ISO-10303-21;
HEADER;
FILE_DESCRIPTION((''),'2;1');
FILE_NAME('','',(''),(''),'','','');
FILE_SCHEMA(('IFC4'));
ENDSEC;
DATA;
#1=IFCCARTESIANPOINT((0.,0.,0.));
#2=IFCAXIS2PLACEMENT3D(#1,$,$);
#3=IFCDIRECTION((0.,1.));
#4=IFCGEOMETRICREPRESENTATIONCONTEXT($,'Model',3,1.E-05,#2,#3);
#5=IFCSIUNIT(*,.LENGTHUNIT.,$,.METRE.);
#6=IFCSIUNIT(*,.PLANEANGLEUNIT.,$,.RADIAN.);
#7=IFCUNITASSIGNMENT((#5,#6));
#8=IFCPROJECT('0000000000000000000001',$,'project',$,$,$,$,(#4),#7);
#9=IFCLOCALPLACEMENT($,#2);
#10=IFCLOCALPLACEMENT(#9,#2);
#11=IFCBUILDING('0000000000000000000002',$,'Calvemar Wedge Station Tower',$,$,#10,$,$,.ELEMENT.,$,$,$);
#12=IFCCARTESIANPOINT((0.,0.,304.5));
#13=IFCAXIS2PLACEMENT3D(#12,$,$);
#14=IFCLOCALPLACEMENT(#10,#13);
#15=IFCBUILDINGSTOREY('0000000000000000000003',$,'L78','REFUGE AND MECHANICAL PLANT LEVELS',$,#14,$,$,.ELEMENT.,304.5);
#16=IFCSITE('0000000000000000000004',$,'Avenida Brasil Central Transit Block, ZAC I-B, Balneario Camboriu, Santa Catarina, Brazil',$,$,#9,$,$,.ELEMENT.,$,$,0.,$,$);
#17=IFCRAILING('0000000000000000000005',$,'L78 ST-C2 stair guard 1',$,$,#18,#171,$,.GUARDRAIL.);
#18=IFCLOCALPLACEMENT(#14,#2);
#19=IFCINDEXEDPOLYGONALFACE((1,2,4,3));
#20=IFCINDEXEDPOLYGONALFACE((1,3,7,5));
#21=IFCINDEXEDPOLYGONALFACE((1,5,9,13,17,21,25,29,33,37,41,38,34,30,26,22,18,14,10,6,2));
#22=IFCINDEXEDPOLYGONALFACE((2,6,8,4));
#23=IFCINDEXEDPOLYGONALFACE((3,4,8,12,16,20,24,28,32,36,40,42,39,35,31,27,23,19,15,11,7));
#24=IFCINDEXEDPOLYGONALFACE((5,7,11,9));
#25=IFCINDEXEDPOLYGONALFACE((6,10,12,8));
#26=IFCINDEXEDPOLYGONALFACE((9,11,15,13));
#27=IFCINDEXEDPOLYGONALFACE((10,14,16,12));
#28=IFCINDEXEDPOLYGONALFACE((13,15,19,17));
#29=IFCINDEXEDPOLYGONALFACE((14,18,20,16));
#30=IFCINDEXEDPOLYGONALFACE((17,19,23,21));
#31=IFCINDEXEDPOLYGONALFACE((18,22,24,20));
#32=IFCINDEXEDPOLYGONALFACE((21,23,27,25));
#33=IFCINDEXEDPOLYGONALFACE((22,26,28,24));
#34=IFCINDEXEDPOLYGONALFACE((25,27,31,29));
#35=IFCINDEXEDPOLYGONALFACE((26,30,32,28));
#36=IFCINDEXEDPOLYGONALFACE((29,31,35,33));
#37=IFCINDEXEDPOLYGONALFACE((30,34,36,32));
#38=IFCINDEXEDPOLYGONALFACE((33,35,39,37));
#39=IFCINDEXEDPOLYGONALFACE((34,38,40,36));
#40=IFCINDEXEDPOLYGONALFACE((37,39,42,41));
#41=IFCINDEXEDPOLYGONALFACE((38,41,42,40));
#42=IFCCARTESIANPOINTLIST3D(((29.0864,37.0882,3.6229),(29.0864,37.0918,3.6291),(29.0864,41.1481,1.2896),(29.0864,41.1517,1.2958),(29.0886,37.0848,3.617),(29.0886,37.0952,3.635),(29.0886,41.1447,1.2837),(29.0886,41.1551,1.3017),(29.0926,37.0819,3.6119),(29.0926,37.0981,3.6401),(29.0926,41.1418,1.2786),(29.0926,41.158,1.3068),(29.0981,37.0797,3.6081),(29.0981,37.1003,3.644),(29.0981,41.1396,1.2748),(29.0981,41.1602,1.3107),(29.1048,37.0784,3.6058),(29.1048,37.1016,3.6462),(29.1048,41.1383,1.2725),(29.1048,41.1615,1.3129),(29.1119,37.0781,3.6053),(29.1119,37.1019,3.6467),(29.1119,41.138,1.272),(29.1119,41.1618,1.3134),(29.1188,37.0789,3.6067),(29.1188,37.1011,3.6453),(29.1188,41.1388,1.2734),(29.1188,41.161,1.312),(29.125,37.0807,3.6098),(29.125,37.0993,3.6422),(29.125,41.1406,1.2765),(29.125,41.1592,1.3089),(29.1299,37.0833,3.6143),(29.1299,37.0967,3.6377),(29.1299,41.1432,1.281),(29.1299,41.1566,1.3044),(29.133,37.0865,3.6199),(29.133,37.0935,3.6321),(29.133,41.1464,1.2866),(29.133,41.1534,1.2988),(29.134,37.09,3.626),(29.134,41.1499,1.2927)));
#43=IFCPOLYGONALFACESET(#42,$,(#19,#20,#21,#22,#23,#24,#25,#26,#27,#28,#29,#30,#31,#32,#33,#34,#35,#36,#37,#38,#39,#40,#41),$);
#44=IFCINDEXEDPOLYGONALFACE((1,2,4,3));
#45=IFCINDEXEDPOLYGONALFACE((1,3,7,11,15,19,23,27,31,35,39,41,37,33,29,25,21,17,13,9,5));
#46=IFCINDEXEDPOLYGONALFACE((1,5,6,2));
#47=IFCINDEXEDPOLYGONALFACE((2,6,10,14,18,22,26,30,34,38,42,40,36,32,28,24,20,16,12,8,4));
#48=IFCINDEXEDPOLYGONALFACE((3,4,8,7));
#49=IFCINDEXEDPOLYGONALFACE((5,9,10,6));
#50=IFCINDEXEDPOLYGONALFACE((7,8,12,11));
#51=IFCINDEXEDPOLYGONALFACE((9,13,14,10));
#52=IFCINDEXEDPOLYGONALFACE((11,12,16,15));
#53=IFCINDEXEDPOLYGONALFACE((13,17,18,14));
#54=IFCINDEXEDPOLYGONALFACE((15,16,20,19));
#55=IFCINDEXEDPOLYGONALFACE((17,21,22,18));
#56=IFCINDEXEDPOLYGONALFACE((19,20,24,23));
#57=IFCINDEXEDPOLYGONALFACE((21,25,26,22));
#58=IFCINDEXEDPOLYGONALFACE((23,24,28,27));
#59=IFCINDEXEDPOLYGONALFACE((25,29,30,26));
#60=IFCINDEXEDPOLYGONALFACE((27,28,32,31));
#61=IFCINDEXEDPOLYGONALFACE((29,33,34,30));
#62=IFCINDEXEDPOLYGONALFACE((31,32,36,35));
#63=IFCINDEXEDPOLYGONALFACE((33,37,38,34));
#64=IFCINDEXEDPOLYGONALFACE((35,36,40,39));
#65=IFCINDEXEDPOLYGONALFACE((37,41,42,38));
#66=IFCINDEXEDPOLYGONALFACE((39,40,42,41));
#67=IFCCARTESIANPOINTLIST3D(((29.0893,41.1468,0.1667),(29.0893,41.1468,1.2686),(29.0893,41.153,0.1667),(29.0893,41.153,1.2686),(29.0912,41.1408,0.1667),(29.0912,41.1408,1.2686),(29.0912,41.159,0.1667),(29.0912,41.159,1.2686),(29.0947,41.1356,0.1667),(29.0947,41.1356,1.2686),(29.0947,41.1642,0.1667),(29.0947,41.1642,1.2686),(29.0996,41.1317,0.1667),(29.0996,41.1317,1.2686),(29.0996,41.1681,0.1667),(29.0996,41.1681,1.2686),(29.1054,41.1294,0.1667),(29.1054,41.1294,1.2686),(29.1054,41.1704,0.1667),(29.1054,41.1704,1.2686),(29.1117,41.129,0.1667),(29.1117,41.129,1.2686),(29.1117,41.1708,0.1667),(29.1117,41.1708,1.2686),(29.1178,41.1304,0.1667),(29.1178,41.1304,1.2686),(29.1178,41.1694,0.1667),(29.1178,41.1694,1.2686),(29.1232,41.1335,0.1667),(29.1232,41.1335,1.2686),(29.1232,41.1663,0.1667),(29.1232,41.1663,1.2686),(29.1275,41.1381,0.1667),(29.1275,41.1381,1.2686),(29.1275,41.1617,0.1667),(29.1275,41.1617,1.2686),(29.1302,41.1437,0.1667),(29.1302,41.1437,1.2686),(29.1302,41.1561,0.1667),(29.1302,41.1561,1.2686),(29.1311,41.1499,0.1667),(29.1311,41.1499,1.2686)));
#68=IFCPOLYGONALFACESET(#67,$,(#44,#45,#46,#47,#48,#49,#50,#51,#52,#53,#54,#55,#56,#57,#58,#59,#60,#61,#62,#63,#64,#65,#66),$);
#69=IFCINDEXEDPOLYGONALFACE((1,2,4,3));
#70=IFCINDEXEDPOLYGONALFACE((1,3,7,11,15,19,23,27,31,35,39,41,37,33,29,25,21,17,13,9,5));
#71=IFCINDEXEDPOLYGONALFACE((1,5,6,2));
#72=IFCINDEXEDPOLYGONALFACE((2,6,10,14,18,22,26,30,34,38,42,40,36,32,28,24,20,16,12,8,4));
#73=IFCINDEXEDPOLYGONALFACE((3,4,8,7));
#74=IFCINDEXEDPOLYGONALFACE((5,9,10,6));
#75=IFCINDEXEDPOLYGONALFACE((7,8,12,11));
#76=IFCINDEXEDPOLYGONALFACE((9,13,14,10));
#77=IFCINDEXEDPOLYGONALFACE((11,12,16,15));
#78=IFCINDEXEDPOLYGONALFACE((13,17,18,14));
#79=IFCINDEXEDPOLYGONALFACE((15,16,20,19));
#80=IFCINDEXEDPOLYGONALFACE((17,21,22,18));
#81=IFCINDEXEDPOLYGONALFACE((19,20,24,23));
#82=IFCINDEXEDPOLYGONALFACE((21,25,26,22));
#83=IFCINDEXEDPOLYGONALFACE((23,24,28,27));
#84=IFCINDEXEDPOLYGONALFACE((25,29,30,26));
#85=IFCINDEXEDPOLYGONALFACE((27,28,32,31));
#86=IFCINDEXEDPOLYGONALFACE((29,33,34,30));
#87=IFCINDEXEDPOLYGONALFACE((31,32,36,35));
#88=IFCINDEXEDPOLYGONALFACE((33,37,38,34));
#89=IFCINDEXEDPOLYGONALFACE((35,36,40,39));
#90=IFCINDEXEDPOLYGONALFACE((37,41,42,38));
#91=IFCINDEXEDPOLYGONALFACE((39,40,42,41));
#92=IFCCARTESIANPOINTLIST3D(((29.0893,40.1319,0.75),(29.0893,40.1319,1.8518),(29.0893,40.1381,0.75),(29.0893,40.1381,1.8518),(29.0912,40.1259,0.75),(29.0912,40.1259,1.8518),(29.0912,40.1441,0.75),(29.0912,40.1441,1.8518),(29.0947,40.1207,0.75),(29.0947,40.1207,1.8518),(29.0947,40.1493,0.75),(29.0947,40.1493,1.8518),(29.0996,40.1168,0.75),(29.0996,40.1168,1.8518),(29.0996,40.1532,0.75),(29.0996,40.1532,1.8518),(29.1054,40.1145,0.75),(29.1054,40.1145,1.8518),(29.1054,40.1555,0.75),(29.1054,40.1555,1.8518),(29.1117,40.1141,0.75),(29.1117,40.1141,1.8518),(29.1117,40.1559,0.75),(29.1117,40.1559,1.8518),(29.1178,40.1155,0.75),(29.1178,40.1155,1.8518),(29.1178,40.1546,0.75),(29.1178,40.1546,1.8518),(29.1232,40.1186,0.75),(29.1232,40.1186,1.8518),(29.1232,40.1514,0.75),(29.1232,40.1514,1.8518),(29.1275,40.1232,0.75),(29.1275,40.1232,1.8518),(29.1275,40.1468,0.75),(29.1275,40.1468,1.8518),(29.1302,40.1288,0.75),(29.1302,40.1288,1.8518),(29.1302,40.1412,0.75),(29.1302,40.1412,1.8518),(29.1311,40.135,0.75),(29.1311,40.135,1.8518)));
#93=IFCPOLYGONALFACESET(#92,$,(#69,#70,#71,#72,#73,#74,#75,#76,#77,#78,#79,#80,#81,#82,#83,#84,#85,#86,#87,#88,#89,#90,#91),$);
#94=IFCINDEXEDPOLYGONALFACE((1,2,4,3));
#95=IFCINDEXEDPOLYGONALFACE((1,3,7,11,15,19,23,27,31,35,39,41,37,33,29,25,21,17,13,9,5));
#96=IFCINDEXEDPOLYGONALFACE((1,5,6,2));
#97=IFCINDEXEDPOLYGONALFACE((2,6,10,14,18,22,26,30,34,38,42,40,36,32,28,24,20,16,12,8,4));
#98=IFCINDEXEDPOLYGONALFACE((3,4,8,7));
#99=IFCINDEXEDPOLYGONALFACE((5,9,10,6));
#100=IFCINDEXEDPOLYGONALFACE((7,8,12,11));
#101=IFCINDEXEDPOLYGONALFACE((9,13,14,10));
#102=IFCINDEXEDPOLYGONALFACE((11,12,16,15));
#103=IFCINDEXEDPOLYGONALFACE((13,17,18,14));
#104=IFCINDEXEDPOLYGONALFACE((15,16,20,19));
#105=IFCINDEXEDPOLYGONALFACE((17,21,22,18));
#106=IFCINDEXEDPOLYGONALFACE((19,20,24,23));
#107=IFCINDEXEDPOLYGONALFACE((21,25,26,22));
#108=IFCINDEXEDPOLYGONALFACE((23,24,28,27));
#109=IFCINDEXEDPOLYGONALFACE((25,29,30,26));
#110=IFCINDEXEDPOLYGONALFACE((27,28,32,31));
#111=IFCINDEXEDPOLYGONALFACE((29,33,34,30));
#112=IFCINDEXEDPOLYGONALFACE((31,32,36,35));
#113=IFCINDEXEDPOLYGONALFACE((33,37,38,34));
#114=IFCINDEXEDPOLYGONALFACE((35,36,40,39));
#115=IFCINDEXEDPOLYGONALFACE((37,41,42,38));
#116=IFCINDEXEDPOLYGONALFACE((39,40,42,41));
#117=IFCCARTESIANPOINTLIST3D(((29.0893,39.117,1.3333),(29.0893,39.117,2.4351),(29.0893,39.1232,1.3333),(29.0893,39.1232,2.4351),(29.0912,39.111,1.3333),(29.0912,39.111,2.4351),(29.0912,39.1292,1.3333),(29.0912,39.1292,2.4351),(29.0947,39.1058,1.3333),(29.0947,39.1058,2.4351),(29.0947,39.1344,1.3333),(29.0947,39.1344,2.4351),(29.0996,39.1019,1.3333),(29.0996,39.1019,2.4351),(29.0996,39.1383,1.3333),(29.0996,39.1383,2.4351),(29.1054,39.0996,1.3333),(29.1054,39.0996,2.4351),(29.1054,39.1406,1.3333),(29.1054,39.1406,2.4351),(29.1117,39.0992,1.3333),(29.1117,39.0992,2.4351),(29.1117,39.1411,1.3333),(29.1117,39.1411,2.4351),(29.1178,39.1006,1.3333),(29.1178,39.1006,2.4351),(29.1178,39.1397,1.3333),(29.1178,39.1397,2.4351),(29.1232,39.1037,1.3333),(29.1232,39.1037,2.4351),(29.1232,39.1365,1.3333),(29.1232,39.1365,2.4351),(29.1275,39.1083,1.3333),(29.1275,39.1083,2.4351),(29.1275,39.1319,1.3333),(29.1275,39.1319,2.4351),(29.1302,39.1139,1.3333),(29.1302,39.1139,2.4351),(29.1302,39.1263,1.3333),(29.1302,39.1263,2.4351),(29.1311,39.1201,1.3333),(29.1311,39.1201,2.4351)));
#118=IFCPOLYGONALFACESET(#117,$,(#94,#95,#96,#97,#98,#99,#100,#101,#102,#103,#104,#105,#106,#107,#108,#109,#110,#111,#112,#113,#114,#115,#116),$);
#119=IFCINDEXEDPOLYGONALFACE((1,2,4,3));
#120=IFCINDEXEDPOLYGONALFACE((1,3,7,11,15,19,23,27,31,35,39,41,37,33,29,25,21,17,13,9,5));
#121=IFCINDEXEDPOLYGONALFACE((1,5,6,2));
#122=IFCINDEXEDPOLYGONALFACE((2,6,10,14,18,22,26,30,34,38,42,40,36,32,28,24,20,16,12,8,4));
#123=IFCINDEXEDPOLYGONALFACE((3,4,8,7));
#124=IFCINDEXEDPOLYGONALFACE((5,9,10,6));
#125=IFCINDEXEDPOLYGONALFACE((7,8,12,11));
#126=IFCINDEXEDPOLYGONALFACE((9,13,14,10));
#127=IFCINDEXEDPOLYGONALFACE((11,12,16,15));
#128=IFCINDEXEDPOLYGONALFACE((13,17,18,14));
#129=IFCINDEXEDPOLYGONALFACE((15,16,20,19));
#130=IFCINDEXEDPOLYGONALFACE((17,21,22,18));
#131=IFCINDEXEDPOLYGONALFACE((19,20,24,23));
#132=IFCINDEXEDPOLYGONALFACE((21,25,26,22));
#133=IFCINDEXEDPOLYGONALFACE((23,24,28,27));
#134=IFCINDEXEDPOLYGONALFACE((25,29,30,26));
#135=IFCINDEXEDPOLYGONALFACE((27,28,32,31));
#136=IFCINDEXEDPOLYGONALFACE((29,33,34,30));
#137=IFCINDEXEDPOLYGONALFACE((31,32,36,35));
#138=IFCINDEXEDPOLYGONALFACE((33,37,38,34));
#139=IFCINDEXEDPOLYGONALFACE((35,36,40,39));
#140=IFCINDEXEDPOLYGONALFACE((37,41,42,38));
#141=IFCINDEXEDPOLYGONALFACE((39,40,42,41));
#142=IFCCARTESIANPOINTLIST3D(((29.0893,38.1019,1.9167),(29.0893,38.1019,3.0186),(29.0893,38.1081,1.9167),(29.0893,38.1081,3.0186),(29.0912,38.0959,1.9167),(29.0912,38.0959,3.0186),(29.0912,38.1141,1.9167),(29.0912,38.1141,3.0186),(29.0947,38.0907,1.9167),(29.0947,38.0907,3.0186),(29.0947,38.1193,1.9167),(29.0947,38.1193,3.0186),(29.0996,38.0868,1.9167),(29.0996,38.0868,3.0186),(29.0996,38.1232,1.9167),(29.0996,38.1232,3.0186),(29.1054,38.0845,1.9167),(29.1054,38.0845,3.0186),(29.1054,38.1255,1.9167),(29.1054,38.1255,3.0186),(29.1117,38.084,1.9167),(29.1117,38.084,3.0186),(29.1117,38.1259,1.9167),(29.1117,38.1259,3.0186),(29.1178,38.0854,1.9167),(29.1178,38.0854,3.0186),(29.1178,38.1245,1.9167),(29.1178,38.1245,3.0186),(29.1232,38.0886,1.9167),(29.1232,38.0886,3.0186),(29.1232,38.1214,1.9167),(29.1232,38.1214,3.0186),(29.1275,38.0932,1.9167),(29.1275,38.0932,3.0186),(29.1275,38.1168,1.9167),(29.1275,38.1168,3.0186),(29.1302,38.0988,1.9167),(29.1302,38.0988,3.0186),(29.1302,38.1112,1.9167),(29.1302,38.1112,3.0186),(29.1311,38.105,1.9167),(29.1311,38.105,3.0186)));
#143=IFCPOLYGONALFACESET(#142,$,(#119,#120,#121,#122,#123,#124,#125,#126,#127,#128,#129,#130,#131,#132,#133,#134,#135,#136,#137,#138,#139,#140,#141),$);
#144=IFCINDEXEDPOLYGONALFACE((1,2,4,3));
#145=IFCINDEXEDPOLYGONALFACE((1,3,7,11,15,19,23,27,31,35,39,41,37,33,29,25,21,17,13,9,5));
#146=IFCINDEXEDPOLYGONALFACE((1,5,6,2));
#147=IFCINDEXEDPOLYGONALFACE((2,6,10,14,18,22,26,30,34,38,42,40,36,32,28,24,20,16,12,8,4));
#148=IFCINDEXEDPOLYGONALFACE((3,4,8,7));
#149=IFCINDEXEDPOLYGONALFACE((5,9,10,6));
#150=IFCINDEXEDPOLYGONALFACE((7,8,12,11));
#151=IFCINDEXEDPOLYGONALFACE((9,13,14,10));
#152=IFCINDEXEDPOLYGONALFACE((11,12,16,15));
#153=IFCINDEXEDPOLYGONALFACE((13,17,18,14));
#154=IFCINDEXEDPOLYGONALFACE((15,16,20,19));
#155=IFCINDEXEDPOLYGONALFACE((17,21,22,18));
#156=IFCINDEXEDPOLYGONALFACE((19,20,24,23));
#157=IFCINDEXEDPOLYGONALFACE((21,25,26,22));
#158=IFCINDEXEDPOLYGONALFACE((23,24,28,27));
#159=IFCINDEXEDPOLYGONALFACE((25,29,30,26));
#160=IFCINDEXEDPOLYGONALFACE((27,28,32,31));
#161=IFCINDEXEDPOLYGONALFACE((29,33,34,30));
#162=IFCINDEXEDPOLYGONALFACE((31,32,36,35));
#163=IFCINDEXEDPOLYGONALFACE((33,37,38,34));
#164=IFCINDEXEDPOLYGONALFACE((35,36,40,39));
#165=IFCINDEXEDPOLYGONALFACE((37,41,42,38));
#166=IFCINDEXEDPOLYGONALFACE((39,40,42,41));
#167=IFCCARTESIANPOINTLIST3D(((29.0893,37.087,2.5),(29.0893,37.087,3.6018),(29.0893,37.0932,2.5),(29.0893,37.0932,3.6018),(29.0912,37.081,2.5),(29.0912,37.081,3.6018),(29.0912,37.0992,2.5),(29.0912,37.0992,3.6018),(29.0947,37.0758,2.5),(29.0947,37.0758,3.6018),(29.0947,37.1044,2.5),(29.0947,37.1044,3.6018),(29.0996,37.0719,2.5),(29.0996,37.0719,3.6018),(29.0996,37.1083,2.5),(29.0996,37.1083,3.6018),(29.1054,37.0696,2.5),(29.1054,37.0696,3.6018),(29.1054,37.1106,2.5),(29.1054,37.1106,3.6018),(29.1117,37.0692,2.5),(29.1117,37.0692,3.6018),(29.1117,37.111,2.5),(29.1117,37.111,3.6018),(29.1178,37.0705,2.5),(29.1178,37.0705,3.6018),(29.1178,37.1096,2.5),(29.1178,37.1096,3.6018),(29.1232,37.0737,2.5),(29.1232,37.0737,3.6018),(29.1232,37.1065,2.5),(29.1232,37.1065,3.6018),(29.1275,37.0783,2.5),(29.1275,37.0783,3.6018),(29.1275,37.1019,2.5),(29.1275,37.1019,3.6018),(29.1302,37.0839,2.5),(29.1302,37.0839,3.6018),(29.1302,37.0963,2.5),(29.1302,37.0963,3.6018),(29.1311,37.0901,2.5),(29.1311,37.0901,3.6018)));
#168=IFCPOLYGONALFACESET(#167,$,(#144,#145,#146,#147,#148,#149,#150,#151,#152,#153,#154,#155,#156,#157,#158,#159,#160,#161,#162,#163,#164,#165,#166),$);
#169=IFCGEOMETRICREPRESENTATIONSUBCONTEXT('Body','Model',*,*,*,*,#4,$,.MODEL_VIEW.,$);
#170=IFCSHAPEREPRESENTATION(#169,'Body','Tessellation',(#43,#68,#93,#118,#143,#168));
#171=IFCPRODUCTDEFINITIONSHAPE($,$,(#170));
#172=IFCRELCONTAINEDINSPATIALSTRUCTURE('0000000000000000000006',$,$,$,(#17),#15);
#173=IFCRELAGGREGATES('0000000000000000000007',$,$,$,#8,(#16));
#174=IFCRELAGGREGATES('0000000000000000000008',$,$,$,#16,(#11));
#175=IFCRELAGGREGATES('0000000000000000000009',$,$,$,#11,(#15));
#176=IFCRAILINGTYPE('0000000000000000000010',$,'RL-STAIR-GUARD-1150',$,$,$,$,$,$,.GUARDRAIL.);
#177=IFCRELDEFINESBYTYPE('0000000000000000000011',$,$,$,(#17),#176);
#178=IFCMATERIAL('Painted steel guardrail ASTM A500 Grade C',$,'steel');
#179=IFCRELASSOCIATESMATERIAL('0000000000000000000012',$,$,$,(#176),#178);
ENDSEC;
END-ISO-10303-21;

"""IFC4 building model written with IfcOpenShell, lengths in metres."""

from ifc_helpers import new_model, si_unit, direction, frame, origin, origin_2d, place, context, subcontext, project, spatial, circle, extrude, material, type_object, element, save


model = new_model("IFC4")

# Units and contexts
model_context = context("Model", 3, precision=1e-05, world=origin(), true_north=direction((0.0, 1.0)))
body_context = subcontext(model_context, "Body", "Model", "MODEL_VIEW")
ifc_project = project(units=[si_unit("LENGTHUNIT", "METRE"), si_unit("PLANEANGLEUNIT", "RADIAN")], contexts=[model_context])

# Site, building, storey
site_placement = place(None, origin())
site = spatial("IfcSite", under=ifc_project, at=site_placement, Name="Avenida Brasil Central Transit Block, ZAC I-B, Balneario Camboriu, Santa Catarina, Brazil", CompositionType="ELEMENT", RefElevation=0.0)
building_placement = place(site_placement, origin())
building = spatial("IfcBuilding", under=site, at=building_placement, Name="Calvemar Wedge Station Tower", CompositionType="ELEMENT")
storey_placement = place(building_placement, frame((0.0, 0.0, 304.5)))
storey = spatial("IfcBuildingStorey", under=building, at=storey_placement, Name="L78", Description="REFUGE AND MECHANICAL PLANT LEVELS", CompositionType="ELEMENT", Elevation=304.5)

# Railing
ifc_material_1 = material(Name="Painted steel guardrail ASTM A500 Grade C", Category="steel")
railing_type_1 = type_object("IfcRailingType", Name="RL-STAIR-GUARD-1150", PredefinedType="GUARDRAIL", material=ifc_material_1)
railing_1_placement = place(storey_placement, frame((29.1101, 41.1499, 0.1667)))
element("IfcRailing", 1, at=railing_1_placement, inside=storey, type_object=railing_type_1, Name="L78 ST-C2 stair guard 1", PredefinedType="GUARDRAIL", context=body_context, shape_type="SweptSolid", body=[
    extrude(circle(Radius=0.0239, at=origin_2d()), frame((0.0, 0.0, 1.126), z_axis=(0.0, -0.867012, 0.498288), x_axis=(1.0, 0.0, 0.0)), (0.0, 0.0, 1.0), 4.6826),
    extrude(circle(Radius=0.021, at=origin_2d()), origin(), (0.0, 0.0, 1.0), 1.1018),
    extrude(circle(Radius=0.021, at=origin_2d()), frame((0.0, -1.0149, 0.5833)), (0.0, 0.0, 1.0), 1.1018),
    extrude(circle(Radius=0.021, at=origin_2d()), frame((0.0, -2.0298, 1.1665)), (0.0, 0.0, 1.0), 1.1018),
    extrude(circle(Radius=0.021, at=origin_2d()), frame((0.0, -3.0449, 1.75)), (0.0, 0.0, 1.0), 1.1018),
    extrude(circle(Radius=0.021, at=origin_2d()), frame((0.0, -4.0598, 2.3333)), (0.0, 0.0, 1.0), 1.1018),
])

save(model, "model.ifc")
